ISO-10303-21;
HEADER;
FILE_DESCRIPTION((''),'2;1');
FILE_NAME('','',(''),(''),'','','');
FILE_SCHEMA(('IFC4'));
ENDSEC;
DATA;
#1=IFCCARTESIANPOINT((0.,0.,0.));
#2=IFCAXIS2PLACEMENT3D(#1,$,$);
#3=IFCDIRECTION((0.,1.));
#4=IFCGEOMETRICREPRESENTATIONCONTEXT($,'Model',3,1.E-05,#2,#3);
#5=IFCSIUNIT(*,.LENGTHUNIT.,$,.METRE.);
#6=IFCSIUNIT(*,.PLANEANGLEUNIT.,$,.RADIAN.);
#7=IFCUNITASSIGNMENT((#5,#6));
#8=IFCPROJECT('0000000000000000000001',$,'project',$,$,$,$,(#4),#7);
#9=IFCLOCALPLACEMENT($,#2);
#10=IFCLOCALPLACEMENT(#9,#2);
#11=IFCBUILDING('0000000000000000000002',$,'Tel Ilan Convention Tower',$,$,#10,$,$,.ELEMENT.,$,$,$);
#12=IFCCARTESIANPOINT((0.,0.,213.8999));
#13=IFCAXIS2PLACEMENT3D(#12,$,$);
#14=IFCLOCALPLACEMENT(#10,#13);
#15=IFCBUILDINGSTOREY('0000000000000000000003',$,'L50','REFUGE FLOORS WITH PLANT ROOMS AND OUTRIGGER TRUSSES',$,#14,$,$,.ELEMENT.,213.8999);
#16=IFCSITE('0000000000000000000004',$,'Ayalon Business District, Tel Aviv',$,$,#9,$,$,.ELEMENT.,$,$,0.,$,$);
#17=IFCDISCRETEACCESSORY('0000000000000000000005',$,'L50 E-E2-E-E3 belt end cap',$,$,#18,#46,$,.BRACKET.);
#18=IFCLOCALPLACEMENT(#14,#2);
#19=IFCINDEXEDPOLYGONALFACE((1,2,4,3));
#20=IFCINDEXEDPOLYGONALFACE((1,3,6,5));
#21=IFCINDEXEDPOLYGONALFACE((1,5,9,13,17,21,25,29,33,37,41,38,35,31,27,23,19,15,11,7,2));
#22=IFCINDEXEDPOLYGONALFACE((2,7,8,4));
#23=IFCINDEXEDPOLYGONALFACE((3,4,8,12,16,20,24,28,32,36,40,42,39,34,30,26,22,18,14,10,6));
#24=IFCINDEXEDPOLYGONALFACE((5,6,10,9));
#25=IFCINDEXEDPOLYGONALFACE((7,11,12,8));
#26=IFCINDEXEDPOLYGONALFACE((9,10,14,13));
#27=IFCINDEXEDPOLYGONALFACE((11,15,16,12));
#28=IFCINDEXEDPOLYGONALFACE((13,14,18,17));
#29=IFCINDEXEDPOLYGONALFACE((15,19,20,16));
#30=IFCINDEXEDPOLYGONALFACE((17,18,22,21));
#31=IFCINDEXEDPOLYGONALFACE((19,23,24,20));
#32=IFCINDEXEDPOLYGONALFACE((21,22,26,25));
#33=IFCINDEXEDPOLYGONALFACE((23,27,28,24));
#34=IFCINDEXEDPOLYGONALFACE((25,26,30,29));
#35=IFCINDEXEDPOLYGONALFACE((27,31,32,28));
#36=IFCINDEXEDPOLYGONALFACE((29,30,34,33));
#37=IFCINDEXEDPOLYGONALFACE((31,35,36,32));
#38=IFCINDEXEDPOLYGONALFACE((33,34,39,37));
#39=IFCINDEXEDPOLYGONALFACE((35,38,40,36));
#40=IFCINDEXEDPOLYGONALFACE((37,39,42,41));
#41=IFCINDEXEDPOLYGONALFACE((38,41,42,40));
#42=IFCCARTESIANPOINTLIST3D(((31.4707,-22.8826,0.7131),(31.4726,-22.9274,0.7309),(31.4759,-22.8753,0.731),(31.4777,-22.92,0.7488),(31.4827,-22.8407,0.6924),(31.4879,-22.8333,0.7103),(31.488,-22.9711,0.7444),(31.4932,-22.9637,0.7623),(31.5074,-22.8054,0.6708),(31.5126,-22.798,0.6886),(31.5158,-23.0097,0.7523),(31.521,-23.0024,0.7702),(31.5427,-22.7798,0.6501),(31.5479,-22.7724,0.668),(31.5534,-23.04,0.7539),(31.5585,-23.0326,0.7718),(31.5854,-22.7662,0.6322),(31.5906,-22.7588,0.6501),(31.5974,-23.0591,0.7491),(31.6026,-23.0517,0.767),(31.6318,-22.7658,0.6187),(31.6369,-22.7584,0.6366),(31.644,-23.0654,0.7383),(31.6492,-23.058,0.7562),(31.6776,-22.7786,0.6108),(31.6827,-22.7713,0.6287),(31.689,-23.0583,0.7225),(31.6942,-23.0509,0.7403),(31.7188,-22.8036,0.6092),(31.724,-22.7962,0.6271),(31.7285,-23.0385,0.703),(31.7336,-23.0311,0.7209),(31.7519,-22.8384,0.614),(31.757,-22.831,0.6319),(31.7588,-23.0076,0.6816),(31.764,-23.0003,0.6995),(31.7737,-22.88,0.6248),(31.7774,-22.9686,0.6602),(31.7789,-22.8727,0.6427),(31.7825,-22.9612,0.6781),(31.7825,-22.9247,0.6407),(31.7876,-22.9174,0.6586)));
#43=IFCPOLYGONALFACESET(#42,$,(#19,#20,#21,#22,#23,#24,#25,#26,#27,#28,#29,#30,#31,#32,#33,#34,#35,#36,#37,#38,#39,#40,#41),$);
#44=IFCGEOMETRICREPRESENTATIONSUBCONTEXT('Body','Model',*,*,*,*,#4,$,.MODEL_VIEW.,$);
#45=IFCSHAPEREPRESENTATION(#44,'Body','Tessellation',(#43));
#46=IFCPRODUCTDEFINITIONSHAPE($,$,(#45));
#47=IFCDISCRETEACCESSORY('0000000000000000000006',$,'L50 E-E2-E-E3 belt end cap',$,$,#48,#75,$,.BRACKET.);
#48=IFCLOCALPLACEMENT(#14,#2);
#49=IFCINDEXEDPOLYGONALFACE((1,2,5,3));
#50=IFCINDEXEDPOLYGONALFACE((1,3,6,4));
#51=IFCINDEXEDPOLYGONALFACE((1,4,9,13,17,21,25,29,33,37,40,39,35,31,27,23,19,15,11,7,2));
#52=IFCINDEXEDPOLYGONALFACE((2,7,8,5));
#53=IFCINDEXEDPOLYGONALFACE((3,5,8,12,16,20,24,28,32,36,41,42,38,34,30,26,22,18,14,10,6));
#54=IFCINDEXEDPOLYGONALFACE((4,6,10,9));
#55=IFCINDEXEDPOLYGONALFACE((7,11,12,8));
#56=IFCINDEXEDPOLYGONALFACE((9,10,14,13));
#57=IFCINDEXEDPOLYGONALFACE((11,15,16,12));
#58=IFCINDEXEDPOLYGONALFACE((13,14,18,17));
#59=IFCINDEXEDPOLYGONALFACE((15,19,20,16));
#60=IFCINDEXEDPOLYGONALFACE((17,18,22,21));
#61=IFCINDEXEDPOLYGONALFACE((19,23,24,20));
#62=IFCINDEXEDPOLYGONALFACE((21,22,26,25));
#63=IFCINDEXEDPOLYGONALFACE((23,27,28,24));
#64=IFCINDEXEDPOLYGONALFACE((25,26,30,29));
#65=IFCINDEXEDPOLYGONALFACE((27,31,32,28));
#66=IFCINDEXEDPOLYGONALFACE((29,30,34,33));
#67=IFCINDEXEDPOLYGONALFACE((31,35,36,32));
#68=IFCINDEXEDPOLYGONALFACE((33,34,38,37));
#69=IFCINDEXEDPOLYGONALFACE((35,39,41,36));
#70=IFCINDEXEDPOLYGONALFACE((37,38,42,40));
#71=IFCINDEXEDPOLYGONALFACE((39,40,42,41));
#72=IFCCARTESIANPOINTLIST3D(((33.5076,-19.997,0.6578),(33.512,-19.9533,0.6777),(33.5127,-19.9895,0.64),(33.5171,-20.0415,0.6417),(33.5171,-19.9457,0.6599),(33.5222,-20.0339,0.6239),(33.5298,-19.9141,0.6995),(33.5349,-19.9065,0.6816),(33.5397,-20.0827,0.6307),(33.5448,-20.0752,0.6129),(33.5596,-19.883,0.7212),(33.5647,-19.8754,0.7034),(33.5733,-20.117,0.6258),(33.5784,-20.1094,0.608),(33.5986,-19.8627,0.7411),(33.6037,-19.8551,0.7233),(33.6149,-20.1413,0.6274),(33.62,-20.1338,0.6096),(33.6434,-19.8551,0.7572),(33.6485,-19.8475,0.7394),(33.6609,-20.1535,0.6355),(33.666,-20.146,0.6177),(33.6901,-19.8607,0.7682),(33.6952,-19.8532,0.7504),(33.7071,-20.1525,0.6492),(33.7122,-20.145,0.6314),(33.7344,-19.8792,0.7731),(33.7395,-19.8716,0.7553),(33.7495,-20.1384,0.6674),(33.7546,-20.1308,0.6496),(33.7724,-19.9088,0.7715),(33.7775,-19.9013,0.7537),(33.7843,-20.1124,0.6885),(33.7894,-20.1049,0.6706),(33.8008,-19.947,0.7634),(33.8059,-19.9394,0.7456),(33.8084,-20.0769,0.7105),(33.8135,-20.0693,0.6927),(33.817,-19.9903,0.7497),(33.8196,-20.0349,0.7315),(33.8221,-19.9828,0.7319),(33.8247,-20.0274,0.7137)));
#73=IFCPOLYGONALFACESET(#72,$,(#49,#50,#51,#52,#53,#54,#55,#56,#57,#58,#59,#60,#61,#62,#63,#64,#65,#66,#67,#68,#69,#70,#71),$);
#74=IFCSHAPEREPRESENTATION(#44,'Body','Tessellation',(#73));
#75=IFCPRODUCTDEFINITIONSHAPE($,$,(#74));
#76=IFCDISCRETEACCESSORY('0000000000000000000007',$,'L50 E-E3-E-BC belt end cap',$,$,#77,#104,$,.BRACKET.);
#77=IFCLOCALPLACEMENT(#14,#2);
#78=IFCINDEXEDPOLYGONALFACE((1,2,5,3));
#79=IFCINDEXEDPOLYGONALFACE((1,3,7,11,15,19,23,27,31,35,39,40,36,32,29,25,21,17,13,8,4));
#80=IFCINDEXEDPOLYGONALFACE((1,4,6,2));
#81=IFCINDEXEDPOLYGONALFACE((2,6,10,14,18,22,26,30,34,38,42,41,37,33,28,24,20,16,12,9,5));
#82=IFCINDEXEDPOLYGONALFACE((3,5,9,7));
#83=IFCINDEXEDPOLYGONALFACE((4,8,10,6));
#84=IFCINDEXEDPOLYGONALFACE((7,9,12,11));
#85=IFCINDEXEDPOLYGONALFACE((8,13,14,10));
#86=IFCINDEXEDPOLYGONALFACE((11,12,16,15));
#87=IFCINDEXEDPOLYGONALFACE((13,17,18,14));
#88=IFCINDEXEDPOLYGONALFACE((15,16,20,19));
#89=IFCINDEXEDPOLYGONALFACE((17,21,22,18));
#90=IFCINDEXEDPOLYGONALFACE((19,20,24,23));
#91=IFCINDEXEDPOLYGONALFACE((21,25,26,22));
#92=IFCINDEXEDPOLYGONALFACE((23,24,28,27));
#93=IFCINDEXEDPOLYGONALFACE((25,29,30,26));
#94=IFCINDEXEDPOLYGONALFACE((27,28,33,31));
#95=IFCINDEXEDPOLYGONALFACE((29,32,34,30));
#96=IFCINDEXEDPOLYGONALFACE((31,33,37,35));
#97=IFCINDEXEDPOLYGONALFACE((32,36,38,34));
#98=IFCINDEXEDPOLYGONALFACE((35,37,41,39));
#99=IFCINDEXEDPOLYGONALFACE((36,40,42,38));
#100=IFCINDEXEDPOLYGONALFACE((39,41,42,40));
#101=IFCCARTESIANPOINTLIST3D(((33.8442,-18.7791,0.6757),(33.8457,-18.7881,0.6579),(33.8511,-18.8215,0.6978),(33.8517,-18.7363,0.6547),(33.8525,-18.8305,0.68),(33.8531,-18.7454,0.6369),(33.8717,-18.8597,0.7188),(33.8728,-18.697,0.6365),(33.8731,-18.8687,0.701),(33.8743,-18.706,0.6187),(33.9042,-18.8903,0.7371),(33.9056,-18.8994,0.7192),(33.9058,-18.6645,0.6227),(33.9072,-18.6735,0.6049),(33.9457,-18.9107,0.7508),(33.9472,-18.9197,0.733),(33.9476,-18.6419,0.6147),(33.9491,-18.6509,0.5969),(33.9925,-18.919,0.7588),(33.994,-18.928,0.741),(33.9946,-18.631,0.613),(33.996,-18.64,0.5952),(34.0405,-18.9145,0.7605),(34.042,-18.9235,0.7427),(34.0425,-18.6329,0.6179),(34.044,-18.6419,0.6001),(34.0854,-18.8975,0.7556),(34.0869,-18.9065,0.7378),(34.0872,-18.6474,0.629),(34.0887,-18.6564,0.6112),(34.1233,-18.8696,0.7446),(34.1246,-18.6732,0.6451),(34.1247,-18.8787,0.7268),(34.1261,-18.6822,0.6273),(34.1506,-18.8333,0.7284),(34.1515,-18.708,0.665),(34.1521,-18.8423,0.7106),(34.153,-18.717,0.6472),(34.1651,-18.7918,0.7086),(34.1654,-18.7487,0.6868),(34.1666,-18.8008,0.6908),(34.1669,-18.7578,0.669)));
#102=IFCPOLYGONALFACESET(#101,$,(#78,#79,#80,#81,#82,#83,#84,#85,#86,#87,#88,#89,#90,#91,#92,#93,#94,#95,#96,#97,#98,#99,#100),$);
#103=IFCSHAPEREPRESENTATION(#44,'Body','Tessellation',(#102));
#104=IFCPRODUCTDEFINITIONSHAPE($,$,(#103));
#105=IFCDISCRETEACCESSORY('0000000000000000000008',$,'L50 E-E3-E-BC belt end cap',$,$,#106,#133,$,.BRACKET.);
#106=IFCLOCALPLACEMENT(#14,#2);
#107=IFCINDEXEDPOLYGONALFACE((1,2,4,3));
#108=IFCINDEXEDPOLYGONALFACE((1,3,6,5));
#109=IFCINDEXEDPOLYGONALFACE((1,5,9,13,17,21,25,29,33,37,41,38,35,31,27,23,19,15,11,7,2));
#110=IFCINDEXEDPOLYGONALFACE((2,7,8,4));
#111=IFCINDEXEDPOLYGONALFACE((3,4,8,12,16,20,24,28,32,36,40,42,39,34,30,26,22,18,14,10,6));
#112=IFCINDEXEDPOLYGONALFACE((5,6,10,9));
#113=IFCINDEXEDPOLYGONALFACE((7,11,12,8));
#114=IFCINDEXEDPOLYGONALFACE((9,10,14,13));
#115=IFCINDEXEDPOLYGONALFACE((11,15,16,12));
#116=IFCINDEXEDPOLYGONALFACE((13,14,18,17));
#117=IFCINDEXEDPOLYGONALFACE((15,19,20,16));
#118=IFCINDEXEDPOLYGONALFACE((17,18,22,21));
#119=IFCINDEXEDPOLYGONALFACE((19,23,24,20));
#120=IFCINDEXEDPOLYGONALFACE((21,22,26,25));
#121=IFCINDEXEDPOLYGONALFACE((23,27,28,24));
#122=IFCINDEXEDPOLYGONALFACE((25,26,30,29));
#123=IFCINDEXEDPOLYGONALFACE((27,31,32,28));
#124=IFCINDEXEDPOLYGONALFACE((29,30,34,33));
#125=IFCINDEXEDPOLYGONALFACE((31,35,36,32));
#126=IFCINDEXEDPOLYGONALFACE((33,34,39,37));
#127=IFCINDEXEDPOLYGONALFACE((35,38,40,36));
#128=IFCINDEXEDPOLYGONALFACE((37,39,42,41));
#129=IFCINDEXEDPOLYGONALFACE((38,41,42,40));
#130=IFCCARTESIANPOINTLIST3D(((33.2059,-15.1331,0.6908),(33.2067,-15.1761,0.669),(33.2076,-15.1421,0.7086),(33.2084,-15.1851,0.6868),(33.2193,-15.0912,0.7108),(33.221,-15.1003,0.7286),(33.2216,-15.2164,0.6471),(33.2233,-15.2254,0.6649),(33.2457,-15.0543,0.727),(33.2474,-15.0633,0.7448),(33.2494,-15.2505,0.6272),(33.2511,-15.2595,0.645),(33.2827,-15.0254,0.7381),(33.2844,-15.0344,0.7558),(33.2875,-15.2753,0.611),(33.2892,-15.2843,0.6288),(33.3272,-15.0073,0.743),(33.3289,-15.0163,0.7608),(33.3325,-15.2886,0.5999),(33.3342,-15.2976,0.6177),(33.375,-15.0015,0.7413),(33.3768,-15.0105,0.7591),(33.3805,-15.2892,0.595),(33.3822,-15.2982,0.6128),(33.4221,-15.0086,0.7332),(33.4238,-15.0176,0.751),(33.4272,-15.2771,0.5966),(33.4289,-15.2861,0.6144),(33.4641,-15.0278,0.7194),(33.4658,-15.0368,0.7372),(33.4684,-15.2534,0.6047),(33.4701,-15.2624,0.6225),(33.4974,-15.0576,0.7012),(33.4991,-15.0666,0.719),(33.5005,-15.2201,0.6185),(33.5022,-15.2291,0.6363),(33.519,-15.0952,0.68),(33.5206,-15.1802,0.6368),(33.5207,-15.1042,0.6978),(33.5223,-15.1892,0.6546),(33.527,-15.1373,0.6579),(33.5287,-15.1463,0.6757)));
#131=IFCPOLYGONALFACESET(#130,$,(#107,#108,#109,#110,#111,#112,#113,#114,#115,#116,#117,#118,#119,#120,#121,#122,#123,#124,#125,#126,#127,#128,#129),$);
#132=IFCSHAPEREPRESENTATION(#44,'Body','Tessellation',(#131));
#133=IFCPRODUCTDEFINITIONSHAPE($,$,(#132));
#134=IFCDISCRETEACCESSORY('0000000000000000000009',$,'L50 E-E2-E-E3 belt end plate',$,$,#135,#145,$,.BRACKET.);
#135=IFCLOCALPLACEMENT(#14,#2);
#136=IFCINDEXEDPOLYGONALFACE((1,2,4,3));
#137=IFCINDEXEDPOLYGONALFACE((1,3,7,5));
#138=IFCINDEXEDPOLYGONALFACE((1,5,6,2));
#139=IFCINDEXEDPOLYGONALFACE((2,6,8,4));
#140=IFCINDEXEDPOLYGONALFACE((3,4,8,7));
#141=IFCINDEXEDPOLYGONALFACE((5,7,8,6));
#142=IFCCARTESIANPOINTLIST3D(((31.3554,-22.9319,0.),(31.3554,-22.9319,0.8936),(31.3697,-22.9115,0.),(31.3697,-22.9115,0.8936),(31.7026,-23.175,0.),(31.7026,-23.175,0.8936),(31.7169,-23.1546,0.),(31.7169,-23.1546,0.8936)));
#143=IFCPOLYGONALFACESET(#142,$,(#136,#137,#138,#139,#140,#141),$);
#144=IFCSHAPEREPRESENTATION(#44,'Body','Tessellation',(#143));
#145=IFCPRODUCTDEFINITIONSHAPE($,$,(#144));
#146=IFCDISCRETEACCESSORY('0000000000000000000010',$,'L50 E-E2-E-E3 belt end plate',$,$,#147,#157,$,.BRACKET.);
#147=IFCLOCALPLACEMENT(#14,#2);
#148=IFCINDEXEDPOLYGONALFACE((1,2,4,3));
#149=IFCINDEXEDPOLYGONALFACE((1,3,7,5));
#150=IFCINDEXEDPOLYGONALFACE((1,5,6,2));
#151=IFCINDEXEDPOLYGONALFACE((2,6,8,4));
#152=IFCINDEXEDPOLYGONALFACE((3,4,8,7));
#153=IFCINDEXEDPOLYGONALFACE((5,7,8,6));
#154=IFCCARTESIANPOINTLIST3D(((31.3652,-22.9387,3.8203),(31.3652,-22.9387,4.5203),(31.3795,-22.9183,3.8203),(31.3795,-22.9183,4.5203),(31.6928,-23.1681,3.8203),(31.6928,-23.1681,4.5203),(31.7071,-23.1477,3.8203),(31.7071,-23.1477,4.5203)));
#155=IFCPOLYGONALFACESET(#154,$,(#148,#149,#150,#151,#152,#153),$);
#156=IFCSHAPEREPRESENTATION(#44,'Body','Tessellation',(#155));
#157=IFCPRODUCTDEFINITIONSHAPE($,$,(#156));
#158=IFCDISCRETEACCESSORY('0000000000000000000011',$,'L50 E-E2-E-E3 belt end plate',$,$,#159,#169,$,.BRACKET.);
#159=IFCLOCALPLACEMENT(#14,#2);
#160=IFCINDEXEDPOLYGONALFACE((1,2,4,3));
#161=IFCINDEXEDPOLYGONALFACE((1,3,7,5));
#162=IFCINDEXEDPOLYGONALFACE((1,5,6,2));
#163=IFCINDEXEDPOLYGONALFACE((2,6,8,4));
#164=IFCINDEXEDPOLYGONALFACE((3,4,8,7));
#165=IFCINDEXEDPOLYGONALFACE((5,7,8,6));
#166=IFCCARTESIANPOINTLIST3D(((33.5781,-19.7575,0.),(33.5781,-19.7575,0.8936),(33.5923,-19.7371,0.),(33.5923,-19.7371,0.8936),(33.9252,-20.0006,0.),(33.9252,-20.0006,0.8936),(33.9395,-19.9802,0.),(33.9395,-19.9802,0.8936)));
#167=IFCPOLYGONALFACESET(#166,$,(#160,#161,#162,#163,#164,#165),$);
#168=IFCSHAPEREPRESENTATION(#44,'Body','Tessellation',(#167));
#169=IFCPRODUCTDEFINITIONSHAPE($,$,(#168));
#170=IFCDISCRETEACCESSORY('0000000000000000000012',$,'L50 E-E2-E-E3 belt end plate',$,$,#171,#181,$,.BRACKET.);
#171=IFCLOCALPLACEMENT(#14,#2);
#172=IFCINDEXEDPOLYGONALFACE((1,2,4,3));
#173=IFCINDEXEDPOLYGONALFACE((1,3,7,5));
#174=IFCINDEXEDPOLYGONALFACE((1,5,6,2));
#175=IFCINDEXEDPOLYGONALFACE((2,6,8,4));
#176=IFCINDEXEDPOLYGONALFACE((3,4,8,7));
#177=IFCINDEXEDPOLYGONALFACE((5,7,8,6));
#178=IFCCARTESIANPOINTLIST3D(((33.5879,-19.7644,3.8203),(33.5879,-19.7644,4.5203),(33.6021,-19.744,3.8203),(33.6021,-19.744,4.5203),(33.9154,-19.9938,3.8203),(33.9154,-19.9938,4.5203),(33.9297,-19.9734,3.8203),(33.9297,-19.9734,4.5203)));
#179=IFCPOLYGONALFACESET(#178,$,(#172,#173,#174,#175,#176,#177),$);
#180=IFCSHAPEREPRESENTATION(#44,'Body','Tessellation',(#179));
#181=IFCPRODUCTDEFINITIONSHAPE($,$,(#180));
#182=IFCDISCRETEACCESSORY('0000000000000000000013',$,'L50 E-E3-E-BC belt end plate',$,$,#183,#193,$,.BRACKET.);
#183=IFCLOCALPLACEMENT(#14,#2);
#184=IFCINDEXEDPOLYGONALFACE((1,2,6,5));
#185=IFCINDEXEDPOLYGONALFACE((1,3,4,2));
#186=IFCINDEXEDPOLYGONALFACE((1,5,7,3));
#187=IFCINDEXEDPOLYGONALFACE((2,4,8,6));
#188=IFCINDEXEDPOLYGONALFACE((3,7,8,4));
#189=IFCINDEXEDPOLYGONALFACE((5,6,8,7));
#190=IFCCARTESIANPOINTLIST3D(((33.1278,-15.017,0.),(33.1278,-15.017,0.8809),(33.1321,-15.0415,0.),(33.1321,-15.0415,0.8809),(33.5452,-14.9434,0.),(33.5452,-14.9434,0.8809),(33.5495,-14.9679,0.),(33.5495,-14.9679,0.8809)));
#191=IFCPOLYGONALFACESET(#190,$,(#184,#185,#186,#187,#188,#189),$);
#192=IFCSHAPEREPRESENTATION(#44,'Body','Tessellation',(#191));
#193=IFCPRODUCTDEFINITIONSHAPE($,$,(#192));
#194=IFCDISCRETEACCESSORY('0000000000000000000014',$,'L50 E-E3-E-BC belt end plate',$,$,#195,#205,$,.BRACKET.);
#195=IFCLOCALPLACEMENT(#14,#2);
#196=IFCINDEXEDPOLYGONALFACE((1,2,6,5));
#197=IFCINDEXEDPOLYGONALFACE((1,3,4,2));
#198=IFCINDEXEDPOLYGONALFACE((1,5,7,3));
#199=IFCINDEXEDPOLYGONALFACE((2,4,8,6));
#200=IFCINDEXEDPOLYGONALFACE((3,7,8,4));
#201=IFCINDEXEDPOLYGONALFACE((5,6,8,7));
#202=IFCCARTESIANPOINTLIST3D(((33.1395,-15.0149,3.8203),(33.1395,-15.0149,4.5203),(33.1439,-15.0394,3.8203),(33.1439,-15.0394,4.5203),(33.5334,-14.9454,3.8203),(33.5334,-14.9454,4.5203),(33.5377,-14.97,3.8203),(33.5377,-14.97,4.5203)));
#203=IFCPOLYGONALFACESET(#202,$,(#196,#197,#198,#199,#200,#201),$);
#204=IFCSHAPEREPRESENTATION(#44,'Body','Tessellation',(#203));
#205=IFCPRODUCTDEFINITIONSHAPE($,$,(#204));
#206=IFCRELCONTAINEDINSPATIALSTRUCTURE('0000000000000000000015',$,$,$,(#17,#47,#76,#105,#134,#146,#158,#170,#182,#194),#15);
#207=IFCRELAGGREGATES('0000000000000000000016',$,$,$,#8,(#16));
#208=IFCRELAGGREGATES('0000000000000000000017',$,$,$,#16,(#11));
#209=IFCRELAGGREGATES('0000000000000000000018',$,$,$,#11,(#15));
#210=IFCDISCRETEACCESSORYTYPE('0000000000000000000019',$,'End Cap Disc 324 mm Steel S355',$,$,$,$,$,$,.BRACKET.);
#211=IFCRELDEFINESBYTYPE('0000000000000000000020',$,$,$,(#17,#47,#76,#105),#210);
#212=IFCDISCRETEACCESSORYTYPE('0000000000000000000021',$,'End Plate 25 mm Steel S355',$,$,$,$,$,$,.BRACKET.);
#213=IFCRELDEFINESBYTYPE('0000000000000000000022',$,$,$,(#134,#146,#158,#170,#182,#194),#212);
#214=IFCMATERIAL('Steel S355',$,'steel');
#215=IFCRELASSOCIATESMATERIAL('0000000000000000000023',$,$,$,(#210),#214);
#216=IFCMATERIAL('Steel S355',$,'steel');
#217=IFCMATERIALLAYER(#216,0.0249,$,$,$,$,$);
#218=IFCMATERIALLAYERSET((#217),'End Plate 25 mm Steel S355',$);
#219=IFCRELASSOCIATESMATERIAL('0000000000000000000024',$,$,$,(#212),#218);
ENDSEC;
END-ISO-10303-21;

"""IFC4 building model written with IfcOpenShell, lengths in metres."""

from ifc_helpers import new_model, si_unit, direction, frame, origin, origin_2d, place, context, subcontext, project, spatial, rectangle, circle, extrude, material, layer, layer_set, material_profile, profile_set, type_object, element, save


model = new_model("IFC4")

# Units and contexts
model_context = context("Model", 3, precision=1e-05, world=origin(), true_north=direction((0.0, 1.0)))
body_context = subcontext(model_context, "Body", "Model", "MODEL_VIEW")
ifc_project = project(units=[si_unit("LENGTHUNIT", "METRE"), si_unit("PLANEANGLEUNIT", "RADIAN")], contexts=[model_context])

# Site, building, storey
site_placement = place(None, origin())
site = spatial("IfcSite", under=ifc_project, at=site_placement, Name="Ayalon Business District, Tel Aviv", CompositionType="ELEMENT", RefElevation=0.0)
building_placement = place(site_placement, origin())
building = spatial("IfcBuilding", under=site, at=building_placement, Name="Tel Ilan Convention Tower", CompositionType="ELEMENT")
storey_placement = place(building_placement, frame((0.0, 0.0, 213.8999)))
storey = spatial("IfcBuildingStorey", under=building, at=storey_placement, Name="L50", Description="REFUGE FLOORS WITH PLANT ROOMS AND OUTRIGGER TRUSSES", CompositionType="ELEMENT", Elevation=213.8999)

# Discrete accessories
ifc_material_1 = material(Name="Steel S355", Category="steel")
ifc_material_profile_1 = material_profile(ifc_material_1, circle(Radius=0.1619, at=origin_2d()), Name="End Cap Disc 324 mm Steel S355")
ifc_profile_set_1 = profile_set([ifc_material_profile_1], Name="Steel S355")
discrete_accessory_type_1 = type_object("IfcDiscreteAccessoryType", Name="End Cap Disc 324 mm Steel S355", PredefinedType="BRACKET", material=ifc_profile_set_1)
for number, where, z_axis, x_axis, name in (
    (1, (31.6313, -22.9075, 0.6995), (-0.257132, -0.367332, -0.89384), (0.819232, -0.573462, 0.0), "L50 E-E2-E-E3 belt end cap"),
    (2, (33.6638, -20.0049, 0.6995), (0.255964, 0.377852, -0.889781), (-0.827919, 0.560848, 0.0), "L50 E-E2-E-E3 belt end cap"),
    (3, (34.0056, -18.7747, 0.6868), (0.073116, -0.450884, -0.889583), (0.987105, 0.160071, 0.0), "L50 E-E3-E-BC belt end cap"),
    (4, (33.3674, -15.155, 0.6868), (-0.08522, 0.45045, -0.888725), (-0.98257, -0.185892, 0.0), "L50 E-E3-E-BC belt end cap"),
):
    element("IfcDiscreteAccessory", number, at=place(storey_placement, frame(where, z_axis=z_axis, x_axis=x_axis)), inside=storey, type_object=discrete_accessory_type_1, Name=name, PredefinedType="BRACKET", context=body_context, shape_type="SweptSolid", body=[
        extrude(circle(Radius=0.1619, at=origin_2d()), origin(), (0.0, 0.0, 1.0), 0.02),
    ])
ifc_material_2 = material(Name="Steel S355", Category="steel")
ifc_layer_1 = layer(ifc_material_2, 0.0249)
ifc_layer_set_1 = layer_set([ifc_layer_1], Name="End Plate 25 mm Steel S355")
discrete_accessory_type_2 = type_object("IfcDiscreteAccessoryType", Name="End Plate 25 mm Steel S355", PredefinedType="BRACKET", material=ifc_layer_set_1)
discrete_accessory_1_placement = place(storey_placement, frame((31.5361, -23.0432, 0.0), z_axis=(0.0, 0.0, 1.0), x_axis=(-0.573576, -0.819152, 0.0)))
element("IfcDiscreteAccessory", 5, at=discrete_accessory_1_placement, inside=storey, type_object=discrete_accessory_type_2, Name="L50 E-E2-E-E3 belt end plate", PredefinedType="BRACKET", context=body_context, shape_type="SweptSolid", body=[
    extrude(rectangle(XDim=0.0249, YDim=0.4238, at=origin_2d()), origin(), (0.0, 0.0, 1.0), 0.8936),
])
discrete_accessory_2_placement = place(storey_placement, frame((31.5361, -23.0432, 3.8203), z_axis=(0.0, 0.0, 1.0), x_axis=(-0.573576, -0.819152, 0.0)))
element("IfcDiscreteAccessory", 6, at=discrete_accessory_2_placement, inside=storey, type_object=discrete_accessory_type_2, Name="L50 E-E2-E-E3 belt end plate", PredefinedType="BRACKET", context=body_context, shape_type="SweptSolid", body=[
    extrude(rectangle(XDim=0.0249, YDim=0.3999, at=origin_2d()), origin(), (0.0, 0.0, 1.0), 0.7),
])
discrete_accessory_3_placement = place(storey_placement, frame((33.7588, -19.8689, 0.0), z_axis=(0.0, 0.0, 1.0), x_axis=(0.573576, 0.819152, 0.0)))
element("IfcDiscreteAccessory", 7, at=discrete_accessory_3_placement, inside=storey, type_object=discrete_accessory_type_2, Name="L50 E-E2-E-E3 belt end plate", PredefinedType="BRACKET", context=body_context, shape_type="SweptSolid", body=[
    extrude(rectangle(XDim=0.0249, YDim=0.4238, at=origin_2d()), origin(), (0.0, 0.0, 1.0), 0.8936),
])
discrete_accessory_4_placement = place(storey_placement, frame((33.7588, -19.8689, 3.8203), z_axis=(0.0, 0.0, 1.0), x_axis=(0.573576, 0.819152, 0.0)))
element("IfcDiscreteAccessory", 8, at=discrete_accessory_4_placement, inside=storey, type_object=discrete_accessory_type_2, Name="L50 E-E2-E-E3 belt end plate", PredefinedType="BRACKET", context=body_context, shape_type="SweptSolid", body=[
    extrude(rectangle(XDim=0.0249, YDim=0.3999, at=origin_2d()), origin(), (0.0, 0.0, 1.0), 0.7),
])
discrete_accessory_5_placement = place(storey_placement, frame((33.3386, -14.9924, 0.0), z_axis=(0.0, 0.0, 1.0), x_axis=(-0.173648, 0.984808, 0.0)))
element("IfcDiscreteAccessory", 9, at=discrete_accessory_5_placement, inside=storey, type_object=discrete_accessory_type_2, Name="L50 E-E3-E-BC belt end plate", PredefinedType="BRACKET", context=body_context, shape_type="SweptSolid", body=[
    extrude(rectangle(XDim=0.0249, YDim=0.4238, at=origin_2d()), origin(), (0.0, 0.0, 1.0), 0.8809),
])
discrete_accessory_6_placement = place(storey_placement, frame((33.3386, -14.9924, 3.8203), z_axis=(0.0, 0.0, 1.0), x_axis=(-0.173648, 0.984808, 0.0)))
element("IfcDiscreteAccessory", 10, at=discrete_accessory_6_placement, inside=storey, type_object=discrete_accessory_type_2, Name="L50 E-E3-E-BC belt end plate", PredefinedType="BRACKET", context=body_context, shape_type="SweptSolid", body=[
    extrude(rectangle(XDim=0.0249, YDim=0.3999, at=origin_2d()), origin(), (0.0, 0.0, 1.0), 0.7),
])

save(model, "model.ifc")
